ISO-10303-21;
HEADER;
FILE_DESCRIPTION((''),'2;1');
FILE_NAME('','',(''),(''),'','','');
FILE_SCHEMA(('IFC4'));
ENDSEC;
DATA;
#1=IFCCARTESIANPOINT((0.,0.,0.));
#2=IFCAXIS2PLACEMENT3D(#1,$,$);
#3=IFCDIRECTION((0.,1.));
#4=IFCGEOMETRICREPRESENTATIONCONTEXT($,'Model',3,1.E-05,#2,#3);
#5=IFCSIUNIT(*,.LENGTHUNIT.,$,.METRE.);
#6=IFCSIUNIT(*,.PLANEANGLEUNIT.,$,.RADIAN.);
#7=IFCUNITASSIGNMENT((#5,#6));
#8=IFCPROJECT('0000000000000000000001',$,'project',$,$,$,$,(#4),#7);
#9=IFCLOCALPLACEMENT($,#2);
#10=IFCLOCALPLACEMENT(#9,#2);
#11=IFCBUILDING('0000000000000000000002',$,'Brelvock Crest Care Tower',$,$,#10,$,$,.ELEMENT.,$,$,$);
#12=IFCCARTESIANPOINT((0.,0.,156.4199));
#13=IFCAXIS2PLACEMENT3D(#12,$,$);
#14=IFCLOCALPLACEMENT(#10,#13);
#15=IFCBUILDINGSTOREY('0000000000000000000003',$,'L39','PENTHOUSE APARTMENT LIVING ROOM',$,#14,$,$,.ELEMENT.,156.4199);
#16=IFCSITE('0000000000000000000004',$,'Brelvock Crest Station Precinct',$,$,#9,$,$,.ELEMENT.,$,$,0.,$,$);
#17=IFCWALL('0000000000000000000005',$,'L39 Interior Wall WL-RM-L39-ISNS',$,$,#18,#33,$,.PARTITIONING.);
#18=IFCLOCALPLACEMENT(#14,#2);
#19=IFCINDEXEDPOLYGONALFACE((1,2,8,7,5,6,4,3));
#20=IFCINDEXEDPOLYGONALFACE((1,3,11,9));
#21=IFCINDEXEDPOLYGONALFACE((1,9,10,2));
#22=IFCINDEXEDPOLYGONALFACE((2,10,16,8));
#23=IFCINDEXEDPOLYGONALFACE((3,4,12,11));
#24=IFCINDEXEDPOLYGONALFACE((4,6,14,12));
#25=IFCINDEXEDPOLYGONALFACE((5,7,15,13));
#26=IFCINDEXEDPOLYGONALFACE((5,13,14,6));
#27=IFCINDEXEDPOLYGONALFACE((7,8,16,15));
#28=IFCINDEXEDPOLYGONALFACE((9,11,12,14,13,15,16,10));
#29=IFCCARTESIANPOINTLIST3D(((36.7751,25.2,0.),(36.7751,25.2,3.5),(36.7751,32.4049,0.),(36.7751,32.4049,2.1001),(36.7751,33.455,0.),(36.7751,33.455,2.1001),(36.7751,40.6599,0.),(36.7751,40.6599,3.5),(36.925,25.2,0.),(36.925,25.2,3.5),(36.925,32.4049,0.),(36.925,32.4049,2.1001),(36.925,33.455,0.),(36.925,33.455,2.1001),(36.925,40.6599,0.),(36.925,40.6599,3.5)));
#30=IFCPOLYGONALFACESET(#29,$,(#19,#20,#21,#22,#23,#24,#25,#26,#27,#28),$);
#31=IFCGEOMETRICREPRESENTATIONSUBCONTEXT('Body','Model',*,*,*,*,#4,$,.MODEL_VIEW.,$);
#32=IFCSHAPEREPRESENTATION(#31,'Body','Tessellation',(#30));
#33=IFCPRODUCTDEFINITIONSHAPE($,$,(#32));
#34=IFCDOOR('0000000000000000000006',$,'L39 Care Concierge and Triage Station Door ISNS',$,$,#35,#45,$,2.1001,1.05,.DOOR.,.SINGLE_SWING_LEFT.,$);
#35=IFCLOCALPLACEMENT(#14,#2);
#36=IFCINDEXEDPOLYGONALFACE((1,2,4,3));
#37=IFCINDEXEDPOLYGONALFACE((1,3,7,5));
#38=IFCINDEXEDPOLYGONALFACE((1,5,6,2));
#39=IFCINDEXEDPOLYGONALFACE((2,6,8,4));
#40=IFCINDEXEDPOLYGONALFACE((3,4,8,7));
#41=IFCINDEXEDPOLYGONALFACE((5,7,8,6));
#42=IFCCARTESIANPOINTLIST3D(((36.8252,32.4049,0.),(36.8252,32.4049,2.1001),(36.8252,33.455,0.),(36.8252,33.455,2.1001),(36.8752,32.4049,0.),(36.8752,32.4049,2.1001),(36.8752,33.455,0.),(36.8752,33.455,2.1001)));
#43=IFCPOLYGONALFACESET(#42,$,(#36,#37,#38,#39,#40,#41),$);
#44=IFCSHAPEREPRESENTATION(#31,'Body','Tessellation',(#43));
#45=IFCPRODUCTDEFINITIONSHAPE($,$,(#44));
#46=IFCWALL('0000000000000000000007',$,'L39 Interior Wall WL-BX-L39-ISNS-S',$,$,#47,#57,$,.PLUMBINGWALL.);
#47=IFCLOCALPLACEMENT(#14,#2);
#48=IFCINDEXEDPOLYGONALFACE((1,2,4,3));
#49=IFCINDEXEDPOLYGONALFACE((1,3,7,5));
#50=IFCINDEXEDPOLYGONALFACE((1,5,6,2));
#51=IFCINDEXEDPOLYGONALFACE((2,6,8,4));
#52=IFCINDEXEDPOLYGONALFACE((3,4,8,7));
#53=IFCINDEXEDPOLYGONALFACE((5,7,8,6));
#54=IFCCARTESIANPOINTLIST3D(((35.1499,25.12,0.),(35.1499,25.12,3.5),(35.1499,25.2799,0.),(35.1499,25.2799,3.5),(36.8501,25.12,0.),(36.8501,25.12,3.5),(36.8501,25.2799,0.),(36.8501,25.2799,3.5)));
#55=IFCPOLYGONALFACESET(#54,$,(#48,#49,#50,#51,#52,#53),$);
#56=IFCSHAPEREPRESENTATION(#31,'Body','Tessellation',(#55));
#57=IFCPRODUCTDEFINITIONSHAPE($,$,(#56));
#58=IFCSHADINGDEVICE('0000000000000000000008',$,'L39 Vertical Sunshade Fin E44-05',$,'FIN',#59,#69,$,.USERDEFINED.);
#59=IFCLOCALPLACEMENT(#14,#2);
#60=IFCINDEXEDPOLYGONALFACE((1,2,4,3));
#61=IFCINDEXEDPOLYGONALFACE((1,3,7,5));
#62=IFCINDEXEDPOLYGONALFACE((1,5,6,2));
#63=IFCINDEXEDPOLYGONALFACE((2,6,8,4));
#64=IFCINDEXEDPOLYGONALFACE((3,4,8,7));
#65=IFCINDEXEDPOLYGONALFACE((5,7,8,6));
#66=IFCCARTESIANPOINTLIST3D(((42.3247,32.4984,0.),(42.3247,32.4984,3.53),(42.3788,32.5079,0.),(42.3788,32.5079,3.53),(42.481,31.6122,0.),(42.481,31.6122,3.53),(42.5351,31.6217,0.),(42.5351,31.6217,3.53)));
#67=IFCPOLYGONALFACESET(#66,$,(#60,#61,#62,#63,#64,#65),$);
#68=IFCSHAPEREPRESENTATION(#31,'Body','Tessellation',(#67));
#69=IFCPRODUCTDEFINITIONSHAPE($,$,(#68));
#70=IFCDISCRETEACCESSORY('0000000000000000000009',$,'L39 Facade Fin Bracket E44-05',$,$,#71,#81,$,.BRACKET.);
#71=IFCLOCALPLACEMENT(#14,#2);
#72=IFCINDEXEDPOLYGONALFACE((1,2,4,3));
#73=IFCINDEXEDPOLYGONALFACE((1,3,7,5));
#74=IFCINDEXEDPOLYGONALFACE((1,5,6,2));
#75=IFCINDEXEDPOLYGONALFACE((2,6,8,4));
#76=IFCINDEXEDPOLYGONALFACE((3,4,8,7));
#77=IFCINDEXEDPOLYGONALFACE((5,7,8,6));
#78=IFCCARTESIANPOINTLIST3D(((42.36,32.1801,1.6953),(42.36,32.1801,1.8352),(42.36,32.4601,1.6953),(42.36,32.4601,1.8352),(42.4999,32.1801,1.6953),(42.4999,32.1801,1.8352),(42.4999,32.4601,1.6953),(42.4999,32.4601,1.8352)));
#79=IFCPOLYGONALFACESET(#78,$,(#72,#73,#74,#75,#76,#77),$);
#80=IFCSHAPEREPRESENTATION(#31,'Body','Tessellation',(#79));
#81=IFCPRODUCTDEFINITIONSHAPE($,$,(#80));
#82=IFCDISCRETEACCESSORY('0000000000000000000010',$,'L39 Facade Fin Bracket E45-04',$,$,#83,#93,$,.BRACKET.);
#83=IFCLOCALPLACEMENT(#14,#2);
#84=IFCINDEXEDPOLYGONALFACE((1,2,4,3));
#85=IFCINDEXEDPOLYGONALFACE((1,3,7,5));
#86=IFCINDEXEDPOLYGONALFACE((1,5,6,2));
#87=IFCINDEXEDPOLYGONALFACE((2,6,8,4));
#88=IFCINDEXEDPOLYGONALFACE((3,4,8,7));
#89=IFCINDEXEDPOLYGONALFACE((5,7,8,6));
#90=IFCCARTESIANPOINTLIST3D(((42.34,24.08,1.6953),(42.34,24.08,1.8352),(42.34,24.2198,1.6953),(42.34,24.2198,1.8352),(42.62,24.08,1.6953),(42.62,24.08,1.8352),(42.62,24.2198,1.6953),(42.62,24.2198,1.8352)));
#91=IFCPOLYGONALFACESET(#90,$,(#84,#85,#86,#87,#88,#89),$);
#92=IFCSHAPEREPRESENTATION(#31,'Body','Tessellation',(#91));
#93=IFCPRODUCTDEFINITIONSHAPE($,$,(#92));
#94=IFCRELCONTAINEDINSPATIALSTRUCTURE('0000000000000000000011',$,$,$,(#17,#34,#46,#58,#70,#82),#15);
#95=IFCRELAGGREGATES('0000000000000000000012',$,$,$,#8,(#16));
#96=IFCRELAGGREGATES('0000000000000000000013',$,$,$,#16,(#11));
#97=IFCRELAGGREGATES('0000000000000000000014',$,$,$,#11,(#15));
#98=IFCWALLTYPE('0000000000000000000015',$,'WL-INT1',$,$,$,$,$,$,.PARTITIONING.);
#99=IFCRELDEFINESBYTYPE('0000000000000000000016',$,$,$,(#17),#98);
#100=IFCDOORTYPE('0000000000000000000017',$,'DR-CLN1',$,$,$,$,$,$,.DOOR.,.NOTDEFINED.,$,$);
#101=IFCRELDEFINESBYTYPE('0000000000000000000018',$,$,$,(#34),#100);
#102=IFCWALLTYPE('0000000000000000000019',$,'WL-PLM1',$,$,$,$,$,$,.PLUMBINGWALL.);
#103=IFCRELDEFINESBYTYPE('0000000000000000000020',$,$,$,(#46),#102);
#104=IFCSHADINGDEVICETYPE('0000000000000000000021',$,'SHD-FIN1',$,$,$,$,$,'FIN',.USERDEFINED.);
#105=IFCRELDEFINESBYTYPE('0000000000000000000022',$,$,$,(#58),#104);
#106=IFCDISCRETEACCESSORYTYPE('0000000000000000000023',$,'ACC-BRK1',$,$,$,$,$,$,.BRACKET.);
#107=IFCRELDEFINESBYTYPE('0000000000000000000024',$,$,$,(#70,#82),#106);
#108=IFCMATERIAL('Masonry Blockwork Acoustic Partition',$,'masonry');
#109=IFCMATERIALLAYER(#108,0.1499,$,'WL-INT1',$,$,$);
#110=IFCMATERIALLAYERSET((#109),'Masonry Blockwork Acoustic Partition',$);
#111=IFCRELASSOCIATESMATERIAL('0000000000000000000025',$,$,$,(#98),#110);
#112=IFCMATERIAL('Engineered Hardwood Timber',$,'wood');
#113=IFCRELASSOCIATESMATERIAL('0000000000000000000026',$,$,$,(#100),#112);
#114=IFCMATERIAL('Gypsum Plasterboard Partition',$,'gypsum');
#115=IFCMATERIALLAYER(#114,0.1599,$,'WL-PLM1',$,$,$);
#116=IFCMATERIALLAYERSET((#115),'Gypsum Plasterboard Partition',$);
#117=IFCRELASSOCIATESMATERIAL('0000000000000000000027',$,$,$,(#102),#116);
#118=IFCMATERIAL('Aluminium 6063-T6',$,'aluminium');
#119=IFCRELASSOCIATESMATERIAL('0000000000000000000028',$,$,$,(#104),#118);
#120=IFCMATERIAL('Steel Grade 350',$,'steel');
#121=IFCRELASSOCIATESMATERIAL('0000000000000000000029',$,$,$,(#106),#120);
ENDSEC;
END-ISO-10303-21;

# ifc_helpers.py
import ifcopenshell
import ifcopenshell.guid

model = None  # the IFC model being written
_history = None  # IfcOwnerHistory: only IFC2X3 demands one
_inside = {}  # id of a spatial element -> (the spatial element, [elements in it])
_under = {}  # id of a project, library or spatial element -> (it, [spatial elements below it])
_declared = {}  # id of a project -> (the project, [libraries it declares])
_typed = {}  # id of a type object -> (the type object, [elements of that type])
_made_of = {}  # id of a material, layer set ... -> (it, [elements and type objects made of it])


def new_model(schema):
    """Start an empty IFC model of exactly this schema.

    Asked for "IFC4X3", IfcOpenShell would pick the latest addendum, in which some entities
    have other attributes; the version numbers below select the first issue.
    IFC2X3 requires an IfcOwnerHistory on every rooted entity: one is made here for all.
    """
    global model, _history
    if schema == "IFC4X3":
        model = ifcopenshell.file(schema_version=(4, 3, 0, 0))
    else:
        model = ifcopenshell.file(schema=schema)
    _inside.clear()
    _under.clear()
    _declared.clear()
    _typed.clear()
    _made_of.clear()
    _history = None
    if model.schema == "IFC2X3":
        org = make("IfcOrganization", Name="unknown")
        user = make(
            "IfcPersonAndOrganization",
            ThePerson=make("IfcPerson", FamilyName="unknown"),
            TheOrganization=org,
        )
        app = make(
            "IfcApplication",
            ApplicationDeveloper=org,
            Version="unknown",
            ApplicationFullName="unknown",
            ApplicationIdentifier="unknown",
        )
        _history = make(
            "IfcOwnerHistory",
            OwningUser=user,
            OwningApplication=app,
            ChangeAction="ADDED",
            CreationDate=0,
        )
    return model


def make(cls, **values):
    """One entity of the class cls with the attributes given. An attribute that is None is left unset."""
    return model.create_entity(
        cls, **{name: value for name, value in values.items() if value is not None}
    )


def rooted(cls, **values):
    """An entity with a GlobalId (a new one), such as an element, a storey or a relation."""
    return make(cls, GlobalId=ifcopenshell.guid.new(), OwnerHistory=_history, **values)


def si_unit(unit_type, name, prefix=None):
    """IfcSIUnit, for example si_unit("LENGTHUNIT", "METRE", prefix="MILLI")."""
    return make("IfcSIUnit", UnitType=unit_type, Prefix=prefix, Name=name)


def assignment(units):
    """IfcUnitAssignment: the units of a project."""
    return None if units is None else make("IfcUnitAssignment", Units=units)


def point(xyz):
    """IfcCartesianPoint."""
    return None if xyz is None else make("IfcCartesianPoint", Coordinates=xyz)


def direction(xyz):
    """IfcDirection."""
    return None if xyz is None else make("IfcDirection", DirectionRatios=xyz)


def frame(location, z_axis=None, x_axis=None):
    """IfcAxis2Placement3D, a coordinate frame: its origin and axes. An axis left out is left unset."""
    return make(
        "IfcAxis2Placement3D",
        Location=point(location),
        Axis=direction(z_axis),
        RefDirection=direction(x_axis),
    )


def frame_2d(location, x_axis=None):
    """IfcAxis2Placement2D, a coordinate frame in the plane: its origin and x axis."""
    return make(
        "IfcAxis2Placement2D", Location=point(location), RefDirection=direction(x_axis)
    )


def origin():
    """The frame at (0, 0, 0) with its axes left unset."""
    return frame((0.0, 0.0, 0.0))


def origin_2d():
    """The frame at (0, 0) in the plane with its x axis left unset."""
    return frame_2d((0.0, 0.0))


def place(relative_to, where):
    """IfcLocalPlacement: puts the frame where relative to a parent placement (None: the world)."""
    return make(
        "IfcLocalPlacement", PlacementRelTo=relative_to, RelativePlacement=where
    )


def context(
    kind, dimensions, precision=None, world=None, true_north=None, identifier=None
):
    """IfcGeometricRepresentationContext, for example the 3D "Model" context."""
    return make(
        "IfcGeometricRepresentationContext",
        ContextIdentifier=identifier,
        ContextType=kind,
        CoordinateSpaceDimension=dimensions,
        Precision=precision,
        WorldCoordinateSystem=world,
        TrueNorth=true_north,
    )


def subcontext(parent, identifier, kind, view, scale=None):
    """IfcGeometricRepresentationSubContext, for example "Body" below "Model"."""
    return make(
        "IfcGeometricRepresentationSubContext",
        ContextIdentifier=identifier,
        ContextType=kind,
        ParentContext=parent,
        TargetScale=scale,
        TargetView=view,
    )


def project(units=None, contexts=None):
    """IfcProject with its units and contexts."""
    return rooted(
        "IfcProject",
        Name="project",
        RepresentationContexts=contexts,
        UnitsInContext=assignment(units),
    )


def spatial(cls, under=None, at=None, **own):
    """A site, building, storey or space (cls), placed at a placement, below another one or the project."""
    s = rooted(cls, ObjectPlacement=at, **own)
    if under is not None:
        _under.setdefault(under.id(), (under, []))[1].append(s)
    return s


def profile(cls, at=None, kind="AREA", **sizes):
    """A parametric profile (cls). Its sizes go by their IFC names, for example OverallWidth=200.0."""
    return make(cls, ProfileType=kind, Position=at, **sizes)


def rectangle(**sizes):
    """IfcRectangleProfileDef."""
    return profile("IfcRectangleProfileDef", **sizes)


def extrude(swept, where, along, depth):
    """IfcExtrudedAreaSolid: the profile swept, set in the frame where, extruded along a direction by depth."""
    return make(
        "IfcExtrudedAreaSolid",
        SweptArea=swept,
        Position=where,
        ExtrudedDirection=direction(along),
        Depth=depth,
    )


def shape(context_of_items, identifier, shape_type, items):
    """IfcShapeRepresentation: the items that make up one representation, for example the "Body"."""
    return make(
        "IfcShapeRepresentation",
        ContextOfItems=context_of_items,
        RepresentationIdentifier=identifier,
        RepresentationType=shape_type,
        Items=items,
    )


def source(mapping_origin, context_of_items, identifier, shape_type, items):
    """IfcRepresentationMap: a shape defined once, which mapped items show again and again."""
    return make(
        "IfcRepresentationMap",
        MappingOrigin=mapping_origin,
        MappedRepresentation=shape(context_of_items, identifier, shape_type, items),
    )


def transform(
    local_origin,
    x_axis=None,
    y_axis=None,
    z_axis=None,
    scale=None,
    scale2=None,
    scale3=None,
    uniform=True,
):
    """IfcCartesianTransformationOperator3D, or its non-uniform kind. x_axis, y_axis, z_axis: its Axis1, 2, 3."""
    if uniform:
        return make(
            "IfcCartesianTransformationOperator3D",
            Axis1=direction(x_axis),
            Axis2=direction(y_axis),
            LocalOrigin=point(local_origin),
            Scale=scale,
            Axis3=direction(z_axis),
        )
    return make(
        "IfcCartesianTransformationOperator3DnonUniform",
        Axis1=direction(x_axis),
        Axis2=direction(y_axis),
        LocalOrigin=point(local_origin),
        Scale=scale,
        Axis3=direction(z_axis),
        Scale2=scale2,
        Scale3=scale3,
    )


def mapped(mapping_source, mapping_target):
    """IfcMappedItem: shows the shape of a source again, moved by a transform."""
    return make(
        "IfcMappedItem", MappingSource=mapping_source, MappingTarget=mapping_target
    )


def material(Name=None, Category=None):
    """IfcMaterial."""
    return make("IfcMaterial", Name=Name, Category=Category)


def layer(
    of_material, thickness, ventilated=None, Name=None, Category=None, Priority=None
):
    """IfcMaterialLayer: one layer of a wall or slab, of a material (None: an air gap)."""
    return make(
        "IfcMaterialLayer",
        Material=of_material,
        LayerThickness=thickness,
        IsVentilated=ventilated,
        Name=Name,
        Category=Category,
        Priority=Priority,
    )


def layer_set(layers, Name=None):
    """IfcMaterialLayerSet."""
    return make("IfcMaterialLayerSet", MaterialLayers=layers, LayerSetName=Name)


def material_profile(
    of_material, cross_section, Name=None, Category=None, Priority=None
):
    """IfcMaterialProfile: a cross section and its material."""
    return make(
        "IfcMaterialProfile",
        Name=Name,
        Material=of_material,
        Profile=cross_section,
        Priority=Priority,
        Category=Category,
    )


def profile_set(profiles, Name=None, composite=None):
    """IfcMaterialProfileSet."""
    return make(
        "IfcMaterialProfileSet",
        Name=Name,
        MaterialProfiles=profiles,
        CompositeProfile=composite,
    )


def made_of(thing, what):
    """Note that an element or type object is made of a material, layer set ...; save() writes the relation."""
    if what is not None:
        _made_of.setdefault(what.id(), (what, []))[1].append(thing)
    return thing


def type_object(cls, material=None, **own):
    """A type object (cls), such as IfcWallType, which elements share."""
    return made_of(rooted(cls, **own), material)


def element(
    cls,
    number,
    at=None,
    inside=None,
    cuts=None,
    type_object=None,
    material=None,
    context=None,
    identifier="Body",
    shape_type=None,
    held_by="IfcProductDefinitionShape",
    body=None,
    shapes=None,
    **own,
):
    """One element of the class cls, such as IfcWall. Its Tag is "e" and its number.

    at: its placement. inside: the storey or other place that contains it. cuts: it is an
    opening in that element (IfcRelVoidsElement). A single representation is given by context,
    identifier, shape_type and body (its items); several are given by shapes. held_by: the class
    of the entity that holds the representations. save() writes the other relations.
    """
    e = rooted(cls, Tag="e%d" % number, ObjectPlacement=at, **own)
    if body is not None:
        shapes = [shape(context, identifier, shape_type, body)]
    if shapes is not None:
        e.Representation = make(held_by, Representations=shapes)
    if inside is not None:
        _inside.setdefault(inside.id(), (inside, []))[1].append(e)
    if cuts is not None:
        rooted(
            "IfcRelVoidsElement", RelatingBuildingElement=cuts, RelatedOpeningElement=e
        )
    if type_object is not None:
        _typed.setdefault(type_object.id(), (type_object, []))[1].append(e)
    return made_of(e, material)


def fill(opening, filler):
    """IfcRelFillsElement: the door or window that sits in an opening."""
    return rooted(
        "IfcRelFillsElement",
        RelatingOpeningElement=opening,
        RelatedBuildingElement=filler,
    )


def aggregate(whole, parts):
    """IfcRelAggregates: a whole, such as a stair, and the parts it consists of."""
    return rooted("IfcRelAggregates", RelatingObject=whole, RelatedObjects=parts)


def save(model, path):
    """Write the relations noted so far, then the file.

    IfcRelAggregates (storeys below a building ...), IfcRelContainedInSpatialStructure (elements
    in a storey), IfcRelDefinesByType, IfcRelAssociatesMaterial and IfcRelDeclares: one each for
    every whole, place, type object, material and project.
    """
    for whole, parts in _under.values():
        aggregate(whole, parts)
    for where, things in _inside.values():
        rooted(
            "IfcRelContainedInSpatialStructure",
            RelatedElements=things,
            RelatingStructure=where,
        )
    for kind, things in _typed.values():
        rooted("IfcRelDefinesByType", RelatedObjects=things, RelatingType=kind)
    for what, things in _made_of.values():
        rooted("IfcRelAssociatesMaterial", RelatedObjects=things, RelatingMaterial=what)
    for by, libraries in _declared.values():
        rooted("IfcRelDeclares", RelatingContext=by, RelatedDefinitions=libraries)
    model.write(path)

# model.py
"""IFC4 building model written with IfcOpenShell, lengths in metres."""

from ifc_helpers import new_model, si_unit, direction, frame, frame_2d, origin, origin_2d, place, context, subcontext, project, spatial, rectangle, extrude, source, transform, mapped, material, layer, layer_set, material_profile, profile_set, type_object, element, fill, save


model = new_model("IFC4")

# Units and contexts
model_context = context("Model", 3, precision=1e-05, world=origin(), true_north=direction((0.0, 1.0)))
body_context = subcontext(model_context, "Body", "Model", "MODEL_VIEW")
ifc_project = project(units=[si_unit("LENGTHUNIT", "METRE"), si_unit("PLANEANGLEUNIT", "RADIAN")], contexts=[model_context])

# Site, building, storey
site_placement = place(None, origin())
site = spatial("IfcSite", under=ifc_project, at=site_placement, Name="Brelvock Crest Station Precinct", CompositionType="ELEMENT", RefElevation=0.0)
building_placement = place(site_placement, origin())
building = spatial("IfcBuilding", under=site, at=building_placement, Name="Brelvock Crest Care Tower", CompositionType="ELEMENT")
storey_placement = place(building_placement, frame((0.0, 0.0, 156.4199)))
storey = spatial("IfcBuildingStorey", under=building, at=storey_placement, Name="L39", Description="PENTHOUSE APARTMENT LIVING ROOM", CompositionType="ELEMENT", Elevation=156.4199)

# Shared definitions
ifc_material_1 = material(Name="Aluminium 6063-T6", Category="aluminium")

# Shared definitions
ifc_material_2 = material(Name="Masonry Blockwork Acoustic Partition", Category="masonry")
ifc_layer_1 = layer(ifc_material_2, 0.1499, Name="WL-INT1")
ifc_layer_set_1 = layer_set([ifc_layer_1], Name="Masonry Blockwork Acoustic Partition")
wall_type_1 = type_object("IfcWallType", Name="WL-INT1", PredefinedType="PARTITIONING", material=ifc_layer_set_1)

# Wall, opening, door
wall_1_placement = place(storey_placement, frame((36.8501, 25.2, 0.0), z_axis=(0.0, 0.0, 1.0), x_axis=(0.0, 1.0, 0.0)))
wall_1 = element("IfcWall", 1, at=wall_1_placement, inside=storey, type_object=wall_type_1, Name="L39 Interior Wall WL-RM-L39-ISNS", PredefinedType="PARTITIONING", context=body_context, shape_type="SweptSolid", body=[
    extrude(rectangle(XDim=15.46, YDim=0.1499, at=frame_2d((7.73, 0.0))), origin(), (0.0, 0.0, 1.0), 3.5),
])
opening_placement = place(wall_1_placement, frame((7.2051, 0.0, 0.0)))
opening = element("IfcOpeningElement", 2, at=opening_placement, cuts=wall_1, PredefinedType="OPENING", context=body_context, shape_type="SweptSolid", body=[
    extrude(rectangle(XDim=1.05, YDim=2.1001, at=origin_2d()), frame((0.5249, 0.085, 1.05), z_axis=(0.0, -1.0, 0.0), x_axis=(1.0, 0.0, 0.0)), (0.0, 0.0, 1.0), 0.1699),
])
ifc_material_3 = material(Name="Engineered Hardwood Timber", Category="wood")
door_type = type_object("IfcDoorType", Name="DR-CLN1", OperationType="NOTDEFINED", PredefinedType="DOOR", material=ifc_material_3)
shared_shape_1 = source(origin(), body_context, "Body", "SweptSolid", [
    extrude(rectangle(XDim=1.05, YDim=2.1001, at=origin_2d()), frame((0.5249, 0.0249, 1.05), z_axis=(0.0, -1.0, 0.0), x_axis=(1.0, 0.0, 0.0)), (0.0, 0.0, 1.0), 0.05),
])
door_placement = place(opening_placement, origin())
door = element("IfcDoor", 3, at=door_placement, inside=storey, type_object=door_type, Name="L39 Care Concierge and Triage Station Door ISNS", OperationType="SINGLE_SWING_LEFT", OverallHeight=2.1001, OverallWidth=1.05, PredefinedType="DOOR", context=body_context, shape_type="MappedRepresentation", body=[
    mapped(shared_shape_1, transform((0.0, 0.0, 0.0), x_axis=(1.0, 0.0, 0.0), y_axis=(0.0, 1.0, 0.0), z_axis=(0.0, 0.0, 1.0), scale=1.0)),
])
fill(opening, door)

# Wall
ifc_material_4 = material(Name="Gypsum Plasterboard Partition", Category="gypsum")
ifc_layer_2 = layer(ifc_material_4, 0.1599, Name="WL-PLM1")
ifc_layer_set_2 = layer_set([ifc_layer_2], Name="Gypsum Plasterboard Partition")
wall_type_2 = type_object("IfcWallType", Name="WL-PLM1", PredefinedType="PLUMBINGWALL", material=ifc_layer_set_2)
wall_2_placement = place(storey_placement, frame((35.1499, 25.2, 0.0), z_axis=(0.0, 0.0, 1.0), x_axis=(1.0, 0.0, 0.0)))
element("IfcWall", 4, at=wall_2_placement, inside=storey, type_object=wall_type_2, Name="L39 Interior Wall WL-BX-L39-ISNS-S", PredefinedType="PLUMBINGWALL", context=body_context, shape_type="SweptSolid", body=[
    extrude(rectangle(XDim=1.7002, YDim=0.1599, at=frame_2d((0.8501, 0.0))), origin(), (0.0, 0.0, 1.0), 3.5),
])

# Shading device
ifc_material_profile_1 = material_profile(ifc_material_1, rectangle(XDim=0.0549, YDim=0.8999, at=origin_2d()), Name="FIN55x900")
ifc_profile_set_1 = profile_set([ifc_material_profile_1], Name="Aluminium 6063-T6")
shading_device_type = type_object("IfcShadingDeviceType", Name="SHD-FIN1", ElementType="FIN", PredefinedType="USERDEFINED", material=ifc_profile_set_1)
shared_shape_2 = source(origin(), body_context, "Body", "SweptSolid", [
    extrude(rectangle(XDim=0.0549, YDim=0.8999, at=origin_2d()), origin(), (0.0, 0.0, 1.0), 3.53),
])
shading_device_placement = place(storey_placement, frame((42.4299, 32.0601, 0.0), z_axis=(0.0, 0.0, 1.0), x_axis=(-0.984808, -0.173648, 0.0)))
element("IfcShadingDevice", 5, at=shading_device_placement, inside=storey, type_object=shading_device_type, Name="L39 Vertical Sunshade Fin E44-05", ObjectType="FIN", PredefinedType="USERDEFINED", context=body_context, shape_type="MappedRepresentation", body=[
    mapped(shared_shape_2, transform((0.0, 0.0, 0.0), x_axis=(1.0, 0.0, 0.0), y_axis=(0.0, 1.0, 0.0), z_axis=(0.0, 0.0, 1.0), scale=1.0)),
])

# Discrete accessories
ifc_material_5 = material(Name="Steel Grade 350", Category="steel")
discrete_accessory_type = type_object("IfcDiscreteAccessoryType", Name="ACC-BRK1", PredefinedType="BRACKET", material=ifc_material_5)
shared_shape_3 = source(origin(), body_context, "Body", "SweptSolid", [
    extrude(rectangle(XDim=0.28, YDim=0.1399, at=origin_2d()), origin(), (0.0, 0.0, 1.0), 0.1399),
])
for number, where, z_axis, x_axis, name in (
    (6, (42.4299, 32.3201, 1.6953), (0.0, 0.0, 1.0), (0.0, -1.0, 0.0), "L39 Facade Fin Bracket E44-05"),
    (7, (42.48, 24.1499, 1.6953), (0.0, 0.0, 1.0), (1.0, 0.0, 0.0), "L39 Facade Fin Bracket E45-04"),
):
    element("IfcDiscreteAccessory", number, at=place(storey_placement, frame(where, z_axis=z_axis, x_axis=x_axis)), inside=storey, type_object=discrete_accessory_type, Name=name, PredefinedType="BRACKET", context=body_context, shape_type="MappedRepresentation", body=[
        mapped(shared_shape_3, transform((0.0, 0.0, 0.0), x_axis=(1.0, 0.0, 0.0), y_axis=(0.0, 1.0, 0.0), z_axis=(0.0, 0.0, 1.0), scale=1.0)),
    ])

save(model, "model.ifc")
